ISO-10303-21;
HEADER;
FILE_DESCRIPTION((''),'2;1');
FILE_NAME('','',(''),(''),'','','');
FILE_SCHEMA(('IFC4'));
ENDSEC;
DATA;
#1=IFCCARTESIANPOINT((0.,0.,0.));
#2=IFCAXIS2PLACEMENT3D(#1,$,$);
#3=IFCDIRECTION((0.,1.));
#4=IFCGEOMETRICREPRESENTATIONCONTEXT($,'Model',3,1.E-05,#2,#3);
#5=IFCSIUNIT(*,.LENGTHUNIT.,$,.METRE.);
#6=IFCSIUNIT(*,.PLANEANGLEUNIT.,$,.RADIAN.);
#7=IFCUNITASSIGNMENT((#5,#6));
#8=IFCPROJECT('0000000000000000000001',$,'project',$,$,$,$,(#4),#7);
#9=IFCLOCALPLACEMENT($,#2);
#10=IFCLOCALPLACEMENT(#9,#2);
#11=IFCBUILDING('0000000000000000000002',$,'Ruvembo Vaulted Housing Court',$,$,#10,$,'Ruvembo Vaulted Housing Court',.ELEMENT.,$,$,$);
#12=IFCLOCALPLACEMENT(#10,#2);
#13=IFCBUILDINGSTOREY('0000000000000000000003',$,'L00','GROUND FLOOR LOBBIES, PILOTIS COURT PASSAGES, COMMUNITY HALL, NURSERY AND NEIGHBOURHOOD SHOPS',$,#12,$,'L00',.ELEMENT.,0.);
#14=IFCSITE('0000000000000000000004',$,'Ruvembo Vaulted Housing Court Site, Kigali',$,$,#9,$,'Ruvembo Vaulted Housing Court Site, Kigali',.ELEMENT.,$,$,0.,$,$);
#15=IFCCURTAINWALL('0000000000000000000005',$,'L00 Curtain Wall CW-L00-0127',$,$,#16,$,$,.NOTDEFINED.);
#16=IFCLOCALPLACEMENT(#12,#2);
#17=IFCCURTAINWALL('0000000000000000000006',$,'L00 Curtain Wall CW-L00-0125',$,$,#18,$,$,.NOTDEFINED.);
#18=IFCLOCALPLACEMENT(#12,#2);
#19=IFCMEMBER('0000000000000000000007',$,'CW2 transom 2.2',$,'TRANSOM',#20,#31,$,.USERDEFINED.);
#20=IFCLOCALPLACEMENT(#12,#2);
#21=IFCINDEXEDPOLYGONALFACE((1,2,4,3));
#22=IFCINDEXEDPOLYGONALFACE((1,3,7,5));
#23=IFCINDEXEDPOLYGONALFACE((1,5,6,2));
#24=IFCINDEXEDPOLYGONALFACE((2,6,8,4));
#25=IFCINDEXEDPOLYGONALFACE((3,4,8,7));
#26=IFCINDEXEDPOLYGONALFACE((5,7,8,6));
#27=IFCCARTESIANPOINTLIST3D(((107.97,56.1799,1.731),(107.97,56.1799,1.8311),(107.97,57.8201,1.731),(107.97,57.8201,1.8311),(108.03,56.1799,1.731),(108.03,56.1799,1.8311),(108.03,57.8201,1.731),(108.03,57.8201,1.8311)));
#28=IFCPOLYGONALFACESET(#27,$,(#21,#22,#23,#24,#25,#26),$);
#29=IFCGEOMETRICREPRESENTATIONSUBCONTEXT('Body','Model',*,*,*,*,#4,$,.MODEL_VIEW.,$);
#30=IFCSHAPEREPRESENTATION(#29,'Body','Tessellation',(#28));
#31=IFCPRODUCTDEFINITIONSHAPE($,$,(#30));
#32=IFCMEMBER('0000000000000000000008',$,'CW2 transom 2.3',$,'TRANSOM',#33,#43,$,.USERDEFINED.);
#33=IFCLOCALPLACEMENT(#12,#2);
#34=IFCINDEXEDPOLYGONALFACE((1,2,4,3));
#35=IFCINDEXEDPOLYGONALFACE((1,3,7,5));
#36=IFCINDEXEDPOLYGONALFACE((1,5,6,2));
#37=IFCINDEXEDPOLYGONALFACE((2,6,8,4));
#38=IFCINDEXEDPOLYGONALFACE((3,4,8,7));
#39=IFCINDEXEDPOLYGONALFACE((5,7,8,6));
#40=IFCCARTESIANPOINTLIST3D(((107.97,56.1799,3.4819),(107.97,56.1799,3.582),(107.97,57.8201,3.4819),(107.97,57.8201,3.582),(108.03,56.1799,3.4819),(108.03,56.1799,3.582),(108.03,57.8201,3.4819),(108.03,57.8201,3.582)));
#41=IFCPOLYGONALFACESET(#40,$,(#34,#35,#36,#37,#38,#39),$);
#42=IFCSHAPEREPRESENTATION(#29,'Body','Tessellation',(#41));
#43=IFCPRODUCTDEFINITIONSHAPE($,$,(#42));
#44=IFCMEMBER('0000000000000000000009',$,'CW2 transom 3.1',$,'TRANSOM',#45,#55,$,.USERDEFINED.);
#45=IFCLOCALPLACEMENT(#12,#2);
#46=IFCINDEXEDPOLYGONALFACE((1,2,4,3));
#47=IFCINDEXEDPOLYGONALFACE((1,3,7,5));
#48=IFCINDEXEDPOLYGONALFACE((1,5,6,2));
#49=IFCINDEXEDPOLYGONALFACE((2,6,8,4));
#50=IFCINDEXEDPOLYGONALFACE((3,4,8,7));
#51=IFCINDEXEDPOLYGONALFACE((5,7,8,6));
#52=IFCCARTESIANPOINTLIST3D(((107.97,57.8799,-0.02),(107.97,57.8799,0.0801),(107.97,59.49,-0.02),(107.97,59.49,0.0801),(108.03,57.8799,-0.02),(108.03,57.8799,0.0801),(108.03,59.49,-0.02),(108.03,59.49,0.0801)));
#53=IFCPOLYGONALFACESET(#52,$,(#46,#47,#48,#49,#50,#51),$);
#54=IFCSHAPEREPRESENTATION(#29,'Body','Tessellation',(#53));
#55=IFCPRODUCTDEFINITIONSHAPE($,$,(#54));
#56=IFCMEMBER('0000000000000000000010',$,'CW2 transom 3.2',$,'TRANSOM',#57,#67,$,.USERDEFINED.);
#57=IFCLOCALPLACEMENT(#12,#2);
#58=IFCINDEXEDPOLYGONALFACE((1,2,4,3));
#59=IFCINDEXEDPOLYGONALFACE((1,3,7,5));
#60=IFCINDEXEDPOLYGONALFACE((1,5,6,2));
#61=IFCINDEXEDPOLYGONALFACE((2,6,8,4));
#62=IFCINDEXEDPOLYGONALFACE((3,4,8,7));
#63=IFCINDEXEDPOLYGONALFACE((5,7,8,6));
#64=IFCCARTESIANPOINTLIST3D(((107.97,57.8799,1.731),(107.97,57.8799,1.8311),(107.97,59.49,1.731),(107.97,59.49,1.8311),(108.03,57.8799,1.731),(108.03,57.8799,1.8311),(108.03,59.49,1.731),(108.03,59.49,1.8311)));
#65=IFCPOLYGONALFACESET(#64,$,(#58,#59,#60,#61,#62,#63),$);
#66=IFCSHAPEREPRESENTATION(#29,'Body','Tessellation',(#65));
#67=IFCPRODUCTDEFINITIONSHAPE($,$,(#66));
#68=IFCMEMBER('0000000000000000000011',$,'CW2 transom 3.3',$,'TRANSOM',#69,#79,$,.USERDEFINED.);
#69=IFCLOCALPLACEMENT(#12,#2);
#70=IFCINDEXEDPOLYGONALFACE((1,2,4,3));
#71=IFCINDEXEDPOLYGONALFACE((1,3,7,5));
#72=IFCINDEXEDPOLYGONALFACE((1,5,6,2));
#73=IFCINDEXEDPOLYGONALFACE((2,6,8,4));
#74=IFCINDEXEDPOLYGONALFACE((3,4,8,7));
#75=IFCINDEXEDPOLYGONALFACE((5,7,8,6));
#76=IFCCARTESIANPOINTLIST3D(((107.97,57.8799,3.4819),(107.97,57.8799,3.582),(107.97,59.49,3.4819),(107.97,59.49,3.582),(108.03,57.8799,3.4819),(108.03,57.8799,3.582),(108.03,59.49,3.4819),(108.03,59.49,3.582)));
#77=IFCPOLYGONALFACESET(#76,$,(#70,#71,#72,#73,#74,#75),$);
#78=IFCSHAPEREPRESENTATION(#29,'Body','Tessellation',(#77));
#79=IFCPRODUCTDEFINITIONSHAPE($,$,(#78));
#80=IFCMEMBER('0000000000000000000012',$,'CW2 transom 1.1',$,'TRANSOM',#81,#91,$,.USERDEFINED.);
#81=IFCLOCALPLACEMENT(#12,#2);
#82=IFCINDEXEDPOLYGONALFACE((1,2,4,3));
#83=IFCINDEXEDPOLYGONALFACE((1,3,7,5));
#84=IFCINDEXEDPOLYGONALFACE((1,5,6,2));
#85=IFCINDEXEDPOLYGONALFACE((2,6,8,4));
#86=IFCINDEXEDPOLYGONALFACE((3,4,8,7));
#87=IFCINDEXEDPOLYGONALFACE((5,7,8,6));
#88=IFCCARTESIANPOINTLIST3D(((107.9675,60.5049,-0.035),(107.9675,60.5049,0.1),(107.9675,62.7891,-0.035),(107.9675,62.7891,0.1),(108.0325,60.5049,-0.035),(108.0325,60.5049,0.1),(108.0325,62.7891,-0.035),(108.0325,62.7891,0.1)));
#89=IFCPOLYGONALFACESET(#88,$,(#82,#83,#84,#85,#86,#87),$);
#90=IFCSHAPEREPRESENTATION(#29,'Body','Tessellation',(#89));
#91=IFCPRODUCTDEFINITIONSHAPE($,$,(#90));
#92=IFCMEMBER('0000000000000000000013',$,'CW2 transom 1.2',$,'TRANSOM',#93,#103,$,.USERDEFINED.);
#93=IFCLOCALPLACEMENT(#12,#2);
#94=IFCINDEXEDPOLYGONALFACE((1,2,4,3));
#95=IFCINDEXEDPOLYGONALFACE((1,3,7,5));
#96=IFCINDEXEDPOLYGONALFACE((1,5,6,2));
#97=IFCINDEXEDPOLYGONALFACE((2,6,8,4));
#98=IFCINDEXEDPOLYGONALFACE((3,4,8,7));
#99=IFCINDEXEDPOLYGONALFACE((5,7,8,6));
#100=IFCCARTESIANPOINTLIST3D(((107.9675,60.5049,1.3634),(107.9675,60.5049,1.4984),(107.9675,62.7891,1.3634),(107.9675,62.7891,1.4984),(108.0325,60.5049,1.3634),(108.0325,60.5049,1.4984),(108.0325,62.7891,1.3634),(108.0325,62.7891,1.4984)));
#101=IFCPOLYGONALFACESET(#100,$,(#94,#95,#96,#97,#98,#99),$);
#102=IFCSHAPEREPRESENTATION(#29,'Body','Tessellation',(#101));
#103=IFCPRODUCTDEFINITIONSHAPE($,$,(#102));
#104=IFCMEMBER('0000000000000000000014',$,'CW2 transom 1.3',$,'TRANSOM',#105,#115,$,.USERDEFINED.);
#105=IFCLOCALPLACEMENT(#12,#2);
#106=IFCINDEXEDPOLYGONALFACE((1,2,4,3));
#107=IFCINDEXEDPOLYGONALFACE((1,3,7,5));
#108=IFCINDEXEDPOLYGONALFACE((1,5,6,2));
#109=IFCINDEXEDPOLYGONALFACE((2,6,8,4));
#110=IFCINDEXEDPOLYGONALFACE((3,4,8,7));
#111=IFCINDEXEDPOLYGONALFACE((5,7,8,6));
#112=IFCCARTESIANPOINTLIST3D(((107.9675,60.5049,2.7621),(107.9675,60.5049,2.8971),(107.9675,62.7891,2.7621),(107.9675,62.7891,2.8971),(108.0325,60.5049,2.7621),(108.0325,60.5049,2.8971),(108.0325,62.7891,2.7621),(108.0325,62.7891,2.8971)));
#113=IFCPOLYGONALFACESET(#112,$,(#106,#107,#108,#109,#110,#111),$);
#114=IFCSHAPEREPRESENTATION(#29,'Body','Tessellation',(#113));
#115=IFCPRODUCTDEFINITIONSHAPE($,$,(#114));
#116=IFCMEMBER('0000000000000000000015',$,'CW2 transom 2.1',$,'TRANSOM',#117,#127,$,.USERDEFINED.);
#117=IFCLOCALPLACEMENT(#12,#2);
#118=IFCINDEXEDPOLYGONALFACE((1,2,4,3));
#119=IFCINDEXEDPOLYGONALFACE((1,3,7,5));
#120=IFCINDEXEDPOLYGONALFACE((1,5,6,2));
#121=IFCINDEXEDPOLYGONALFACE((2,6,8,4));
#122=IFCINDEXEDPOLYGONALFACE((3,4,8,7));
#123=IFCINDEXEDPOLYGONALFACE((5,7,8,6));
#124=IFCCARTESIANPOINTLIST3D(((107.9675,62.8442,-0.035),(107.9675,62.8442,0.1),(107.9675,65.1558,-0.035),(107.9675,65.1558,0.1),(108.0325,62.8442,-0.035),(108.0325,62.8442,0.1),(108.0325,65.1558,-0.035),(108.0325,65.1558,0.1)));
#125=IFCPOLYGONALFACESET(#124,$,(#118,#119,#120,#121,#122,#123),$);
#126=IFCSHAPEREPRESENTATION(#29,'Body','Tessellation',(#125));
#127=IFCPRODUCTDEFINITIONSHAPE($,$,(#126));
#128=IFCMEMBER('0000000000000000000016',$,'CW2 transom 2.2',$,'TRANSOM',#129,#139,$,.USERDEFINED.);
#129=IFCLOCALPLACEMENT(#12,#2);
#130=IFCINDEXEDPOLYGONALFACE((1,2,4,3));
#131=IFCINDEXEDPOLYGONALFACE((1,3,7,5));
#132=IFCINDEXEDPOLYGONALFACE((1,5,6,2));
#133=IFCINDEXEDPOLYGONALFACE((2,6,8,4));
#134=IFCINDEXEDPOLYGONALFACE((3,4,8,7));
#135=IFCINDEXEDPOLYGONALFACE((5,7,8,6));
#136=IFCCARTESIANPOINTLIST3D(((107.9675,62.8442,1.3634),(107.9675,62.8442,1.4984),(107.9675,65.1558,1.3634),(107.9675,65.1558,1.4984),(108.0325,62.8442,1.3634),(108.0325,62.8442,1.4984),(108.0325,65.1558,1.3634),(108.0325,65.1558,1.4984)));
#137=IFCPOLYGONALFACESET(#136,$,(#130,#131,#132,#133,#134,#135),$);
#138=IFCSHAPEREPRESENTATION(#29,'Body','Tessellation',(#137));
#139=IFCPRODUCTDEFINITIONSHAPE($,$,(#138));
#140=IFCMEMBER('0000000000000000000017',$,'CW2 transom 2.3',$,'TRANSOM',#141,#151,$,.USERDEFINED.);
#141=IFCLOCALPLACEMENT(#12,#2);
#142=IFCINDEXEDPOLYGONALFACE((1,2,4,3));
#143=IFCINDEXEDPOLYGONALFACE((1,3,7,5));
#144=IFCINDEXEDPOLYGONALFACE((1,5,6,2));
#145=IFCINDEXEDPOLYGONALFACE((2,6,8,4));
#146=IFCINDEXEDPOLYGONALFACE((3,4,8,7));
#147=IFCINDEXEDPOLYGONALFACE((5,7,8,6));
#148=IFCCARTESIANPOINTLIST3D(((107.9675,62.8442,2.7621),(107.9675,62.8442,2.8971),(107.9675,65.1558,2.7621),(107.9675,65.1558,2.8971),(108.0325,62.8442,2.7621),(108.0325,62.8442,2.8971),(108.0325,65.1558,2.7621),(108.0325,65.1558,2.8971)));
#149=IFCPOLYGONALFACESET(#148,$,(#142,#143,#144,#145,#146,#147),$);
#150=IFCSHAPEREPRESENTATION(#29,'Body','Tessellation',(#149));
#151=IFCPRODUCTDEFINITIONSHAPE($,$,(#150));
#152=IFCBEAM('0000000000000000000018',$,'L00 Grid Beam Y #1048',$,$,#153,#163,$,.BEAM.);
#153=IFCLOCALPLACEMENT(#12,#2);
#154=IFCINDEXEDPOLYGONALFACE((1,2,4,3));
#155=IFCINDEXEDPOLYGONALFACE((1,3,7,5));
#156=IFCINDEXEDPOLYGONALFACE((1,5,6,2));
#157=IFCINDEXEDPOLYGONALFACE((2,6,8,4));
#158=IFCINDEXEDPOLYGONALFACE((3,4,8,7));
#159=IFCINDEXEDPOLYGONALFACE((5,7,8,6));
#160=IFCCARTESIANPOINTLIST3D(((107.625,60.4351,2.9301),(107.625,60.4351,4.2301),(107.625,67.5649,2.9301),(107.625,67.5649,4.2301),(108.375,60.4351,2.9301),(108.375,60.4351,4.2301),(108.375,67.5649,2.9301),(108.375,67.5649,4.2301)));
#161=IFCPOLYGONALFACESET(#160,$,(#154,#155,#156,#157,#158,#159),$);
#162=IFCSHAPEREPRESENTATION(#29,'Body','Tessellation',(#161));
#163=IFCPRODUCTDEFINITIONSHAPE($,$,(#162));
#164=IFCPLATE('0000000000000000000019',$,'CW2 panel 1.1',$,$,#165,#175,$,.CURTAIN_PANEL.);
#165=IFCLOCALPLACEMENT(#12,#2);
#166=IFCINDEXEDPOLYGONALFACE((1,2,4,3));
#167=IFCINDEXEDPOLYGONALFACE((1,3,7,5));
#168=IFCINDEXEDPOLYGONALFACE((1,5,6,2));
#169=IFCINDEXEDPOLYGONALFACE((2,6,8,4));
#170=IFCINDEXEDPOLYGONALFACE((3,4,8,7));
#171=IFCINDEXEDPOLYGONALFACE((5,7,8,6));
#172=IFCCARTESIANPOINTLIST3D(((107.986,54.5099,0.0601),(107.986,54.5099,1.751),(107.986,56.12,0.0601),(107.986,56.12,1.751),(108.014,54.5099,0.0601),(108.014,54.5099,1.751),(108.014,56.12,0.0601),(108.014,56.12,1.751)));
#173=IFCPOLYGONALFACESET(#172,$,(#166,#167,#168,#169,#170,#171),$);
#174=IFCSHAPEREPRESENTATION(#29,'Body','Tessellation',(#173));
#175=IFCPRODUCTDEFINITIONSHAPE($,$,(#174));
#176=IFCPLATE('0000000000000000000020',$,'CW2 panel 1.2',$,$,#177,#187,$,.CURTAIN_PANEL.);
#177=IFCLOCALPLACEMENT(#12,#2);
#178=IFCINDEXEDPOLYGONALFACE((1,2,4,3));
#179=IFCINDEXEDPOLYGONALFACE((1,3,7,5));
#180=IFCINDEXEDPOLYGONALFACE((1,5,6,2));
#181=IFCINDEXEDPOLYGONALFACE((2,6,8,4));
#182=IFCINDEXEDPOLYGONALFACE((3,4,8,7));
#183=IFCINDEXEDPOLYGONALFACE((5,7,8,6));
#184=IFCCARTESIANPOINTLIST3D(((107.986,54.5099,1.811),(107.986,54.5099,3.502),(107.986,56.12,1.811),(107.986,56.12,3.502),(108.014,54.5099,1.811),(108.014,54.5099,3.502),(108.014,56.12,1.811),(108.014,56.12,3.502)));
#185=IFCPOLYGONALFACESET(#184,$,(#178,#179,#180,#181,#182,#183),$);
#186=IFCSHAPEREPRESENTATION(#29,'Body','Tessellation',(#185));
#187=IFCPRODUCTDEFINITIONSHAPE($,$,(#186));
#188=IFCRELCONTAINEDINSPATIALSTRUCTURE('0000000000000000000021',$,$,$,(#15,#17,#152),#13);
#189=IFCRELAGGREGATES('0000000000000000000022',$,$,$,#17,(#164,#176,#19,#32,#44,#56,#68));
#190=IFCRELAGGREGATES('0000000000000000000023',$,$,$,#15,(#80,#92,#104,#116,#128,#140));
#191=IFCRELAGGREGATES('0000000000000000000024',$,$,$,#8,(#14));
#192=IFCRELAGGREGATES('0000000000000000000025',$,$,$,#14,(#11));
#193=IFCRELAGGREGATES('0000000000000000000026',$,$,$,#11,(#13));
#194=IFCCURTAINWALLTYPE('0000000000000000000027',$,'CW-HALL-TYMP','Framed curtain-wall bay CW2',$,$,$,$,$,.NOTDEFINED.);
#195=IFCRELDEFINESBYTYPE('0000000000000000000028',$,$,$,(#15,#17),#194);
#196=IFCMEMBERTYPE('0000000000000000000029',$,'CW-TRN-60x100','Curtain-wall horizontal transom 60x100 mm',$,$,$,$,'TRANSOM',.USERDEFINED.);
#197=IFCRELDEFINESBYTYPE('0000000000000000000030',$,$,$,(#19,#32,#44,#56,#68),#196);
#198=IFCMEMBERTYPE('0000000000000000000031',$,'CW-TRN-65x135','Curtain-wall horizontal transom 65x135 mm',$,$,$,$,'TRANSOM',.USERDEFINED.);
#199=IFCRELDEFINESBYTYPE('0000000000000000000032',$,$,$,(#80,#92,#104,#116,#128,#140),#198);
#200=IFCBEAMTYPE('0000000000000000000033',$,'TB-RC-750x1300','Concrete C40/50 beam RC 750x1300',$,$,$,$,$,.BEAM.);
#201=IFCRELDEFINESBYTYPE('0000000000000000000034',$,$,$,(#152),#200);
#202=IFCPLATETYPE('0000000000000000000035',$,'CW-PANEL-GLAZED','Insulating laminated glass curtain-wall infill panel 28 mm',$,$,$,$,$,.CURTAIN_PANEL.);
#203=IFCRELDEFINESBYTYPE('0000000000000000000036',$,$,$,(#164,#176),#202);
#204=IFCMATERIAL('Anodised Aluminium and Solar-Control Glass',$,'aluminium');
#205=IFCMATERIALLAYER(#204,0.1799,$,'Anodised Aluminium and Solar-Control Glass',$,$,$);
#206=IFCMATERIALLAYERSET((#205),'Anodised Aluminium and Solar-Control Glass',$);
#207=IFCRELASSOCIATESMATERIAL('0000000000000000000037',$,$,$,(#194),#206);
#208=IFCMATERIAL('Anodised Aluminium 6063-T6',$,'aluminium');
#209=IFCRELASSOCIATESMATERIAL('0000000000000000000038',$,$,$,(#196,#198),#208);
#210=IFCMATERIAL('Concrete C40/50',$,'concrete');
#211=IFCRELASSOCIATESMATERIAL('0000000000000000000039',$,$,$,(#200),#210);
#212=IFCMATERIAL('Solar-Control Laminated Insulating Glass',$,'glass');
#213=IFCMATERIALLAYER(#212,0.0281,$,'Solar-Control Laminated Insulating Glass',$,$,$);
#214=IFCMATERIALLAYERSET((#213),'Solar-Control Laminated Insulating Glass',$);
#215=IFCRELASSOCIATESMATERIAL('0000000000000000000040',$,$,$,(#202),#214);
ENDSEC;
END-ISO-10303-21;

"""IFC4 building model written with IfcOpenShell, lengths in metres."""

from ifc_helpers import new_model, si_unit, direction, frame, origin, origin_2d, place, context, subcontext, project, spatial, rectangle, extrude, material, layer, layer_set, material_profile, profile_set, type_object, element, aggregate, save


model = new_model("IFC4")

# Units and contexts
model_context = context("Model", 3, precision=1e-05, world=origin(), true_north=direction((0.0, 1.0)))
body_context = subcontext(model_context, "Body", "Model", "MODEL_VIEW")
ifc_project = project(units=[si_unit("LENGTHUNIT", "METRE"), si_unit("PLANEANGLEUNIT", "RADIAN")], contexts=[model_context])

# Site, building, storey
site_placement = place(None, origin())
site = spatial("IfcSite", under=ifc_project, at=site_placement, Name="Ruvembo Vaulted Housing Court Site, Kigali", LongName="Ruvembo Vaulted Housing Court Site, Kigali", CompositionType="ELEMENT", RefElevation=0.0)
building_placement = place(site_placement, origin())
building = spatial("IfcBuilding", under=site, at=building_placement, Name="Ruvembo Vaulted Housing Court", LongName="Ruvembo Vaulted Housing Court", CompositionType="ELEMENT")
storey_placement = place(building_placement, origin())
storey = spatial("IfcBuildingStorey", under=building, at=storey_placement, Name="L00", Description="GROUND FLOOR LOBBIES, PILOTIS COURT PASSAGES, COMMUNITY HALL, NURSERY AND NEIGHBOURHOOD SHOPS", LongName="L00", CompositionType="ELEMENT", Elevation=0.0)

# Shared definitions
ifc_material_1 = material(Name="Concrete C40/50", Category="concrete")

# Shared definitions
ifc_material_2 = material(Name="Anodised Aluminium and Solar-Control Glass", Category="aluminium")
ifc_layer_1 = layer(ifc_material_2, 0.1799, Name="Anodised Aluminium and Solar-Control Glass")
ifc_layer_set_1 = layer_set([ifc_layer_1], Name="Anodised Aluminium and Solar-Control Glass")
curtain_wall_type = type_object("IfcCurtainWallType", Name="CW-HALL-TYMP", Description="Framed curtain-wall bay CW2", PredefinedType="NOTDEFINED", material=ifc_layer_set_1)
ifc_material_3 = material(Name="Anodised Aluminium 6063-T6", Category="aluminium")

# Curtain walls, members
curtain_wall_1_placement = place(storey_placement, origin())
curtain_wall_1 = element("IfcCurtainWall", 1, at=curtain_wall_1_placement, inside=storey, type_object=curtain_wall_type, Name="L00 Curtain Wall CW-L00-0127", PredefinedType="NOTDEFINED")
curtain_wall_2_placement = place(storey_placement, origin())
curtain_wall_2 = element("IfcCurtainWall", 2, at=curtain_wall_2_placement, inside=storey, type_object=curtain_wall_type, Name="L00 Curtain Wall CW-L00-0125", PredefinedType="NOTDEFINED")
ifc_material_profile_1 = material_profile(ifc_material_3, rectangle(XDim=0.0601, YDim=0.1001, at=origin_2d()), Name="ALU 60x100")
ifc_profile_set_1 = profile_set([ifc_material_profile_1], Name="Anodised Aluminium 6063-T6")
member_type_1 = type_object("IfcMemberType", Name="CW-TRN-60x100", Description="Curtain-wall horizontal transom 60x100 mm", ElementType="TRANSOM", PredefinedType="USERDEFINED", material=ifc_profile_set_1)
member_1_placement = place(storey_placement, frame((108.0, 56.1799, 1.781), z_axis=(0.0, 1.0, 0.0), x_axis=(-1.0, 0.0, 0.0)))
member_1 = element("IfcMember", 3, at=member_1_placement, type_object=member_type_1, Name="CW2 transom 2.2", ObjectType="TRANSOM", PredefinedType="USERDEFINED", context=body_context, shape_type="SweptSolid", body=[
    extrude(rectangle(XDim=0.0601, YDim=0.1001, at=origin_2d()), origin(), (0.0, 0.0, 1.0), 1.6401),
])
member_2_placement = place(storey_placement, frame((108.0, 56.1799, 3.532), z_axis=(0.0, 1.0, 0.0), x_axis=(-1.0, 0.0, 0.0)))
member_2 = element("IfcMember", 4, at=member_2_placement, type_object=member_type_1, Name="CW2 transom 2.3", ObjectType="TRANSOM", PredefinedType="USERDEFINED", context=body_context, shape_type="SweptSolid", body=[
    extrude(rectangle(XDim=0.0601, YDim=0.1001, at=origin_2d()), origin(), (0.0, 0.0, 1.0), 1.6401),
])
member_3_placement = place(storey_placement, frame((108.0, 57.8799, 0.03), z_axis=(0.0, 1.0, 0.0), x_axis=(-1.0, 0.0, 0.0)))
member_3 = element("IfcMember", 5, at=member_3_placement, type_object=member_type_1, Name="CW2 transom 3.1", ObjectType="TRANSOM", PredefinedType="USERDEFINED", context=body_context, shape_type="SweptSolid", body=[
    extrude(rectangle(XDim=0.0601, YDim=0.1001, at=origin_2d()), origin(), (0.0, 0.0, 1.0), 1.6101),
])
member_4_placement = place(storey_placement, frame((108.0, 57.8799, 1.781), z_axis=(0.0, 1.0, 0.0), x_axis=(-1.0, 0.0, 0.0)))
member_4 = element("IfcMember", 6, at=member_4_placement, type_object=member_type_1, Name="CW2 transom 3.2", ObjectType="TRANSOM", PredefinedType="USERDEFINED", context=body_context, shape_type="SweptSolid", body=[
    extrude(rectangle(XDim=0.0601, YDim=0.1001, at=origin_2d()), origin(), (0.0, 0.0, 1.0), 1.6101),
])
member_5_placement = place(storey_placement, frame((108.0, 57.8799, 3.532), z_axis=(0.0, 1.0, 0.0), x_axis=(-1.0, 0.0, 0.0)))
member_5 = element("IfcMember", 7, at=member_5_placement, type_object=member_type_1, Name="CW2 transom 3.3", ObjectType="TRANSOM", PredefinedType="USERDEFINED", context=body_context, shape_type="SweptSolid", body=[
    extrude(rectangle(XDim=0.0601, YDim=0.1001, at=origin_2d()), origin(), (0.0, 0.0, 1.0), 1.6101),
])

# Members
ifc_material_profile_2 = material_profile(ifc_material_3, rectangle(XDim=0.0649, YDim=0.135, at=origin_2d()), Name="ALU 65x135")
ifc_profile_set_2 = profile_set([ifc_material_profile_2], Name="Anodised Aluminium 6063-T6")
member_type_2 = type_object("IfcMemberType", Name="CW-TRN-65x135", Description="Curtain-wall horizontal transom 65x135 mm", ElementType="TRANSOM", PredefinedType="USERDEFINED", material=ifc_profile_set_2)
member_6_placement = place(storey_placement, frame((108.0, 60.5049, 0.0325), z_axis=(0.0, 1.0, 0.0), x_axis=(-1.0, 0.0, 0.0)))
member_6 = element("IfcMember", 8, at=member_6_placement, type_object=member_type_2, Name="CW2 transom 1.1", ObjectType="TRANSOM", PredefinedType="USERDEFINED", context=body_context, shape_type="SweptSolid", body=[
    extrude(rectangle(XDim=0.0649, YDim=0.135, at=origin_2d()), origin(), (0.0, 0.0, 1.0), 2.2842),
])
member_7_placement = place(storey_placement, frame((108.0, 60.5049, 1.4309), z_axis=(0.0, 1.0, 0.0), x_axis=(-1.0, 0.0, 0.0)))
member_7 = element("IfcMember", 9, at=member_7_placement, type_object=member_type_2, Name="CW2 transom 1.2", ObjectType="TRANSOM", PredefinedType="USERDEFINED", context=body_context, shape_type="SweptSolid", body=[
    extrude(rectangle(XDim=0.0649, YDim=0.135, at=origin_2d()), origin(), (0.0, 0.0, 1.0), 2.2842),
])
member_8_placement = place(storey_placement, frame((108.0, 60.5049, 2.8296), z_axis=(0.0, 1.0, 0.0), x_axis=(-1.0, 0.0, 0.0)))
member_8 = element("IfcMember", 10, at=member_8_placement, type_object=member_type_2, Name="CW2 transom 1.3", ObjectType="TRANSOM", PredefinedType="USERDEFINED", context=body_context, shape_type="SweptSolid", body=[
    extrude(rectangle(XDim=0.0649, YDim=0.135, at=origin_2d()), origin(), (0.0, 0.0, 1.0), 2.2842),
])
member_9_placement = place(storey_placement, frame((108.0, 62.8442, 0.0325), z_axis=(0.0, 1.0, 0.0), x_axis=(-1.0, 0.0, 0.0)))
member_9 = element("IfcMember", 11, at=member_9_placement, type_object=member_type_2, Name="CW2 transom 2.1", ObjectType="TRANSOM", PredefinedType="USERDEFINED", context=body_context, shape_type="SweptSolid", body=[
    extrude(rectangle(XDim=0.0649, YDim=0.135, at=origin_2d()), origin(), (0.0, 0.0, 1.0), 2.3115),
])
member_10_placement = place(storey_placement, frame((108.0, 62.8442, 1.4309), z_axis=(0.0, 1.0, 0.0), x_axis=(-1.0, 0.0, 0.0)))
member_10 = element("IfcMember", 12, at=member_10_placement, type_object=member_type_2, Name="CW2 transom 2.2", ObjectType="TRANSOM", PredefinedType="USERDEFINED", context=body_context, shape_type="SweptSolid", body=[
    extrude(rectangle(XDim=0.0649, YDim=0.135, at=origin_2d()), origin(), (0.0, 0.0, 1.0), 2.3115),
])
member_11_placement = place(storey_placement, frame((108.0, 62.8442, 2.8296), z_axis=(0.0, 1.0, 0.0), x_axis=(-1.0, 0.0, 0.0)))
member_11 = element("IfcMember", 13, at=member_11_placement, type_object=member_type_2, Name="CW2 transom 2.3", ObjectType="TRANSOM", PredefinedType="USERDEFINED", context=body_context, shape_type="SweptSolid", body=[
    extrude(rectangle(XDim=0.0649, YDim=0.135, at=origin_2d()), origin(), (0.0, 0.0, 1.0), 2.3115),
])

# Beam
ifc_material_profile_3 = material_profile(ifc_material_1, rectangle(XDim=0.75, YDim=1.3, at=origin_2d()), Name="RC 750x1300")
ifc_profile_set_3 = profile_set([ifc_material_profile_3], Name="Concrete C40/50")
beam_type_1 = type_object("IfcBeamType", Name="TB-RC-750x1300", Description="Concrete C40/50 beam RC 750x1300", PredefinedType="BEAM", material=ifc_profile_set_3)
beam_1_placement = place(storey_placement, frame((108.0, 60.4351, 3.5801), z_axis=(0.0, 1.0, 0.0), x_axis=(-1.0, 0.0, 0.0)))
element("IfcBeam", 14, at=beam_1_placement, inside=storey, type_object=beam_type_1, Name="L00 Grid Beam Y #1048", PredefinedType="BEAM", context=body_context, shape_type="SweptSolid", body=[
    extrude(rectangle(XDim=0.75, YDim=1.3, at=origin_2d()), origin(), (0.0, 0.0, 1.0), 7.1299),
])

# Plates
ifc_material_4 = material(Name="Solar-Control Laminated Insulating Glass", Category="glass")
ifc_layer_2 = layer(ifc_material_4, 0.0281, Name="Solar-Control Laminated Insulating Glass")
ifc_layer_set_2 = layer_set([ifc_layer_2], Name="Solar-Control Laminated Insulating Glass")
plate_type_1 = type_object("IfcPlateType", Name="CW-PANEL-GLAZED", Description="Insulating laminated glass curtain-wall infill panel 28 mm", PredefinedType="CURTAIN_PANEL", material=ifc_layer_set_2)
plate_1_placement = place(storey_placement, frame((108.0, 55.3149, 0.0601), z_axis=(0.0, 0.0, 1.0), x_axis=(0.0, 1.0, 0.0)))
plate_1 = element("IfcPlate", 15, at=plate_1_placement, type_object=plate_type_1, Name="CW2 panel 1.1", PredefinedType="CURTAIN_PANEL", context=body_context, shape_type="SweptSolid", body=[
    extrude(rectangle(XDim=1.6101, YDim=0.0281, at=origin_2d()), origin(), (0.0, 0.0, 1.0), 1.6909),
])
plate_2_placement = place(storey_placement, frame((108.0, 55.3149, 1.811), z_axis=(0.0, 0.0, 1.0), x_axis=(0.0, 1.0, 0.0)))
plate_2 = element("IfcPlate", 16, at=plate_2_placement, type_object=plate_type_1, Name="CW2 panel 1.2", PredefinedType="CURTAIN_PANEL", context=body_context, shape_type="SweptSolid", body=[
    extrude(rectangle(XDim=1.6101, YDim=0.0281, at=origin_2d()), origin(), (0.0, 0.0, 1.0), 1.6909),
])
aggregate(curtain_wall_2, [plate_1, plate_2, member_1, member_2, member_3, member_4, member_5])
aggregate(curtain_wall_1, [member_6, member_7, member_8, member_9, member_10, member_11])

save(model, "model.ifc")
